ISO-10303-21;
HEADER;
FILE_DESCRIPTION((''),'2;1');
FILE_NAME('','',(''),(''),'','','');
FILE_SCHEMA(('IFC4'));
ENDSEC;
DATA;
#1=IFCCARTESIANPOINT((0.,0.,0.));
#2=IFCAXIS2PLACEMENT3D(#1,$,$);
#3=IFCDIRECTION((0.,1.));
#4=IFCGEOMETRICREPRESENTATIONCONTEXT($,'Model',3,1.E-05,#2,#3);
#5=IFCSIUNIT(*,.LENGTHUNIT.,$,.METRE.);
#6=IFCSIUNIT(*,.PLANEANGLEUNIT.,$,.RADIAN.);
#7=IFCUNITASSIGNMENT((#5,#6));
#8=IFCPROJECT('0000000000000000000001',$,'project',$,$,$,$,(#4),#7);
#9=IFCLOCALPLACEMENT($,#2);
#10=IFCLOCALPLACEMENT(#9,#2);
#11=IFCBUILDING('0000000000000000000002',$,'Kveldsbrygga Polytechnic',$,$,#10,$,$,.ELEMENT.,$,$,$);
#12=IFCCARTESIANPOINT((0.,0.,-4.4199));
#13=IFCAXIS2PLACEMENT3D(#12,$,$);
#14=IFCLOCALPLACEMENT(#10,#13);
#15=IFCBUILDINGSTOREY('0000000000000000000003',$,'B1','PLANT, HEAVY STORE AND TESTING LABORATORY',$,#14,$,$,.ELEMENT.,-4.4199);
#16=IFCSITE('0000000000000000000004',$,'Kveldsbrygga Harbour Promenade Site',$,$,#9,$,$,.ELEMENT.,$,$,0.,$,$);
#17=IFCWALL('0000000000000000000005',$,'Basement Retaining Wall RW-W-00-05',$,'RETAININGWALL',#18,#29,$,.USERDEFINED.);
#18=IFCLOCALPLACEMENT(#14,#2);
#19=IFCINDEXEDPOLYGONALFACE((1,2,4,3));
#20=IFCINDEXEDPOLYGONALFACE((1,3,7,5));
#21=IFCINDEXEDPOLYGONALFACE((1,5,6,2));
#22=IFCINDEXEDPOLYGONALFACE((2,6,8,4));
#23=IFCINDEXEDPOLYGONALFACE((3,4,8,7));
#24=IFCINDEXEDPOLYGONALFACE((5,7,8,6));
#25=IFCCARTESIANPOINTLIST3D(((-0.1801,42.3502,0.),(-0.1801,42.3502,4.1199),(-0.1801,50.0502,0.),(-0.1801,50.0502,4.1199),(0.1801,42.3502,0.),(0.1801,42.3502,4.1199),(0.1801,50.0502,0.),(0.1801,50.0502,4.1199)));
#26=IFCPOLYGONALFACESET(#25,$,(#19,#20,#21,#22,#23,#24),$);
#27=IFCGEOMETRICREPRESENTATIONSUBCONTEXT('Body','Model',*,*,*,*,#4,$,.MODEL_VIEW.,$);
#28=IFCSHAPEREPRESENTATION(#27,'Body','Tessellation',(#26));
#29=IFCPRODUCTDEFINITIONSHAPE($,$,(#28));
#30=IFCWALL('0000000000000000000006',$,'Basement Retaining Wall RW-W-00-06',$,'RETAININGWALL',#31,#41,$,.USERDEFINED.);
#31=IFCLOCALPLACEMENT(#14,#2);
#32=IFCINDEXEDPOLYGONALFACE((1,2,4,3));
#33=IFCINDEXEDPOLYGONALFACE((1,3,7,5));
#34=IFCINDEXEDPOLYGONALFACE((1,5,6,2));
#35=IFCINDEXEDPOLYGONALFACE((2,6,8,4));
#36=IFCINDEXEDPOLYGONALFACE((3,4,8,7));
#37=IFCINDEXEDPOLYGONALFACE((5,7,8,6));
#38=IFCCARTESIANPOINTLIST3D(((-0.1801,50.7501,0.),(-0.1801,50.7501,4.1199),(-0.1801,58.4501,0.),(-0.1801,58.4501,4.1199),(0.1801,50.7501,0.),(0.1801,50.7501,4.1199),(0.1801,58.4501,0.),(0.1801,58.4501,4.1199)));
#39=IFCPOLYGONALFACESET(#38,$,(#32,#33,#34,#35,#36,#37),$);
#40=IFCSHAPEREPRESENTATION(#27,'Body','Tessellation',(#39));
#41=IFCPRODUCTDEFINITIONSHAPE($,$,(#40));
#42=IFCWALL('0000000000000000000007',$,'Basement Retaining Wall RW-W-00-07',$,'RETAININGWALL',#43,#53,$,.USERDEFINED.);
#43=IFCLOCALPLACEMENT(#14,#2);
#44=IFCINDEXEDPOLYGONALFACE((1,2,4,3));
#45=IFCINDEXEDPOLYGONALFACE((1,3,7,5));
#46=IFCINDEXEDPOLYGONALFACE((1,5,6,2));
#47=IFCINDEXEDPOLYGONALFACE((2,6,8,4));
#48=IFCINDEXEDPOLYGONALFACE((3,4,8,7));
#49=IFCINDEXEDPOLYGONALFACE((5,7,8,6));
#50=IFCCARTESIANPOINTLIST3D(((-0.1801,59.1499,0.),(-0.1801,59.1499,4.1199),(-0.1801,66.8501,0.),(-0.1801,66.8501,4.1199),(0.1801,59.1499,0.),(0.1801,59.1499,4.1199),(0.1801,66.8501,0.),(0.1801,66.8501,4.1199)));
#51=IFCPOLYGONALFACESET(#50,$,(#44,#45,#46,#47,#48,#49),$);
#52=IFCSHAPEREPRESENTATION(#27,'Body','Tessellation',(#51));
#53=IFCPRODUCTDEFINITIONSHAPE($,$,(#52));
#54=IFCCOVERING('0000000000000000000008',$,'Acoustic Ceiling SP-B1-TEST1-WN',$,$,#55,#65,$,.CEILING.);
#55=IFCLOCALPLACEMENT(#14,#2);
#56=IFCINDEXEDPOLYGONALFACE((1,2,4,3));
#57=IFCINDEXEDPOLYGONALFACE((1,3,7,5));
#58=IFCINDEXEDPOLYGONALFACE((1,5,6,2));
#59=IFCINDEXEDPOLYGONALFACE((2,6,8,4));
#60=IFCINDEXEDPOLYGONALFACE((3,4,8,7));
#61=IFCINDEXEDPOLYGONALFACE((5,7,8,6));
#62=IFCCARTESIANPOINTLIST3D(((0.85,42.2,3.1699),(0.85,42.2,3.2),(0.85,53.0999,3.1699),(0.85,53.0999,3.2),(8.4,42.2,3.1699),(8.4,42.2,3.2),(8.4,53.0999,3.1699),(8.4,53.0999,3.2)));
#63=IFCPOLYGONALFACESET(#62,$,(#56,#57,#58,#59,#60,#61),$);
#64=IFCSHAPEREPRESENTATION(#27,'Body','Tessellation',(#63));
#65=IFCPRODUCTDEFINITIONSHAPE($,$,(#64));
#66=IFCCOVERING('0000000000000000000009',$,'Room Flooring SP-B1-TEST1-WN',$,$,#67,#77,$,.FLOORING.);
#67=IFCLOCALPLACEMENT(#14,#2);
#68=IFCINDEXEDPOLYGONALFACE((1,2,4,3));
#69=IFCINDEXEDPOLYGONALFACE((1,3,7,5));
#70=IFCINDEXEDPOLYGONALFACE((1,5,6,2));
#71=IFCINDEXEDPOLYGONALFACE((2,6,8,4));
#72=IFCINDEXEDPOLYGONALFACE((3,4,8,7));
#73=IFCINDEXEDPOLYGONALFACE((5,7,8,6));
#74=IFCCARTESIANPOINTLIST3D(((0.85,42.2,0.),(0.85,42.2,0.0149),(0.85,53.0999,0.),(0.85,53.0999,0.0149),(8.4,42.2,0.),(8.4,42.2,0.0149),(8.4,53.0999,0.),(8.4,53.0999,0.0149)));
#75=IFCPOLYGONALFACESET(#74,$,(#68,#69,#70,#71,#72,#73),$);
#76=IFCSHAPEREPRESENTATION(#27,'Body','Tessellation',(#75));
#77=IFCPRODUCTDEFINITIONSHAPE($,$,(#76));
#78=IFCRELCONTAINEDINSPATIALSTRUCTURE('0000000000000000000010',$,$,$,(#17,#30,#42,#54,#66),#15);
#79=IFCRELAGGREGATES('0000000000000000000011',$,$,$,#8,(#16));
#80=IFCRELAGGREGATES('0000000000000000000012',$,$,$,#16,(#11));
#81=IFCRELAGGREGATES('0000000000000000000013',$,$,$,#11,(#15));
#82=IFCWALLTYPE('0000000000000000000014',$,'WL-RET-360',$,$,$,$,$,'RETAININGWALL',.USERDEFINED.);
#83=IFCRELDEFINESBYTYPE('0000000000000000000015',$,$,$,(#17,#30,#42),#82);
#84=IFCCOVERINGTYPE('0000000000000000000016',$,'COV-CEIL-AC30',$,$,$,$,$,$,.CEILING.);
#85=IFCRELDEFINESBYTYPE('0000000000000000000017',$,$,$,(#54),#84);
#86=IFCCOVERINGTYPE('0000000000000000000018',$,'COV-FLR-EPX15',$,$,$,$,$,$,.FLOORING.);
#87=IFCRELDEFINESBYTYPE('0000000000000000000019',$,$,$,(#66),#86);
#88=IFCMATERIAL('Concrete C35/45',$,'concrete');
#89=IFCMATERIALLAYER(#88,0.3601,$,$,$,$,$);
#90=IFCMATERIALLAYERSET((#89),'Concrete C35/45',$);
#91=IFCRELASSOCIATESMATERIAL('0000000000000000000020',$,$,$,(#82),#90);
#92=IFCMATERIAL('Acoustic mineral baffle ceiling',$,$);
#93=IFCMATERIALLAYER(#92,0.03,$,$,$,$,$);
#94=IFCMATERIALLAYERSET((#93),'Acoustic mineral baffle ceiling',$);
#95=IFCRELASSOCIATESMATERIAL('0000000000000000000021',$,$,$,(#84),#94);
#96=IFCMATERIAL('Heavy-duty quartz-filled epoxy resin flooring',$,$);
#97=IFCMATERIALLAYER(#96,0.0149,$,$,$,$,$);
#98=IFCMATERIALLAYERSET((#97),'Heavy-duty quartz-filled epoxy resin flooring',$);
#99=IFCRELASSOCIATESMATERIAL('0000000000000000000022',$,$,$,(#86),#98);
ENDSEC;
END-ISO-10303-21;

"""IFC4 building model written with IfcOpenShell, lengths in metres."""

from ifc_helpers import new_model, si_unit, direction, frame, frame_2d, origin, origin_2d, place, context, subcontext, project, spatial, rectangle, extrude, material, layer, layer_set, type_object, element, save


model = new_model("IFC4")

# Units and contexts
model_context = context("Model", 3, precision=1e-05, world=origin(), true_north=direction((0.0, 1.0)))
body_context = subcontext(model_context, "Body", "Model", "MODEL_VIEW")
ifc_project = project(units=[si_unit("LENGTHUNIT", "METRE"), si_unit("PLANEANGLEUNIT", "RADIAN")], contexts=[model_context])

# Site, building, storey
site_placement = place(None, origin())
site = spatial("IfcSite", under=ifc_project, at=site_placement, Name="Kveldsbrygga Harbour Promenade Site", CompositionType="ELEMENT", RefElevation=0.0)
building_placement = place(site_placement, origin())
building = spatial("IfcBuilding", under=site, at=building_placement, Name="Kveldsbrygga Polytechnic", CompositionType="ELEMENT")
storey_placement = place(building_placement, frame((0.0, 0.0, -4.4199)))
storey = spatial("IfcBuildingStorey", under=building, at=storey_placement, Name="B1", Description="PLANT, HEAVY STORE AND TESTING LABORATORY", CompositionType="ELEMENT", Elevation=-4.4199)

# Shared definitions
ifc_material_1 = material(Name="Concrete C35/45", Category="concrete")

# Walls
ifc_layer_1 = layer(ifc_material_1, 0.3601)
ifc_layer_set_1 = layer_set([ifc_layer_1], Name="Concrete C35/45")
wall_type_1 = type_object("IfcWallType", Name="WL-RET-360", ElementType="RETAININGWALL", PredefinedType="USERDEFINED", material=ifc_layer_set_1)
for number, where, z_axis, x_axis, name in (
    (1, (0.0, 42.3501, 0.0), (0.0, 0.0, 1.0), (0.0, 1.0, 0.0), "Basement Retaining Wall RW-W-00-05"),
    (2, (0.0, 50.75, 0.0), (0.0, 0.0, 1.0), (0.0, 1.0, 0.0), "Basement Retaining Wall RW-W-00-06"),
):
    element("IfcWall", number, at=place(storey_placement, frame(where, z_axis=z_axis, x_axis=x_axis)), inside=storey, type_object=wall_type_1, Name=name, ObjectType="RETAININGWALL", PredefinedType="USERDEFINED", context=body_context, shape_type="SweptSolid", body=[
        extrude(rectangle(XDim=7.7, YDim=0.3601, at=frame_2d((3.8501, 0.0))), origin(), (0.0, 0.0, 1.0), 4.1199),
    ])
wall_1_placement = place(storey_placement, frame((0.0, 59.1499, 0.0), z_axis=(0.0, 0.0, 1.0), x_axis=(0.0, 1.0, 0.0)))
element("IfcWall", 3, at=wall_1_placement, inside=storey, type_object=wall_type_1, Name="Basement Retaining Wall RW-W-00-07", ObjectType="RETAININGWALL", PredefinedType="USERDEFINED", context=body_context, shape_type="SweptSolid", body=[
    extrude(rectangle(XDim=7.7002, YDim=0.3601, at=frame_2d((3.8501, 0.0))), origin(), (0.0, 0.0, 1.0), 4.1199),
])

# Coverings
ifc_material_2 = material(Name="Acoustic mineral baffle ceiling")
ifc_layer_2 = layer(ifc_material_2, 0.03)
ifc_layer_set_2 = layer_set([ifc_layer_2], Name="Acoustic mineral baffle ceiling")
covering_type_1 = type_object("IfcCoveringType", Name="COV-CEIL-AC30", PredefinedType="CEILING", material=ifc_layer_set_2)
covering_1_placement = place(storey_placement, frame((4.625, 47.6499, 3.1699), z_axis=(0.0, 0.0, 1.0), x_axis=(1.0, 0.0, 0.0)))
element("IfcCovering", 4, at=covering_1_placement, inside=storey, type_object=covering_type_1, Name="Acoustic Ceiling SP-B1-TEST1-WN", PredefinedType="CEILING", context=body_context, shape_type="SweptSolid", body=[
    extrude(rectangle(XDim=7.55, YDim=10.8999, at=origin_2d()), origin(), (0.0, 0.0, 1.0), 0.03),
])
ifc_material_3 = material(Name="Heavy-duty quartz-filled epoxy resin flooring")
ifc_layer_3 = layer(ifc_material_3, 0.0149)
ifc_layer_set_3 = layer_set([ifc_layer_3], Name="Heavy-duty quartz-filled epoxy resin flooring")
covering_type_2 = type_object("IfcCoveringType", Name="COV-FLR-EPX15", PredefinedType="FLOORING", material=ifc_layer_set_3)
covering_2_placement = place(storey_placement, frame((4.625, 47.6499, 0.0), z_axis=(0.0, 0.0, 1.0), x_axis=(1.0, 0.0, 0.0)))
element("IfcCovering", 5, at=covering_2_placement, inside=storey, type_object=covering_type_2, Name="Room Flooring SP-B1-TEST1-WN", PredefinedType="FLOORING", context=body_context, shape_type="SweptSolid", body=[
    extrude(rectangle(XDim=7.55, YDim=10.8999, at=origin_2d()), origin(), (0.0, 0.0, 1.0), 0.0149),
])

save(model, "model.ifc")
